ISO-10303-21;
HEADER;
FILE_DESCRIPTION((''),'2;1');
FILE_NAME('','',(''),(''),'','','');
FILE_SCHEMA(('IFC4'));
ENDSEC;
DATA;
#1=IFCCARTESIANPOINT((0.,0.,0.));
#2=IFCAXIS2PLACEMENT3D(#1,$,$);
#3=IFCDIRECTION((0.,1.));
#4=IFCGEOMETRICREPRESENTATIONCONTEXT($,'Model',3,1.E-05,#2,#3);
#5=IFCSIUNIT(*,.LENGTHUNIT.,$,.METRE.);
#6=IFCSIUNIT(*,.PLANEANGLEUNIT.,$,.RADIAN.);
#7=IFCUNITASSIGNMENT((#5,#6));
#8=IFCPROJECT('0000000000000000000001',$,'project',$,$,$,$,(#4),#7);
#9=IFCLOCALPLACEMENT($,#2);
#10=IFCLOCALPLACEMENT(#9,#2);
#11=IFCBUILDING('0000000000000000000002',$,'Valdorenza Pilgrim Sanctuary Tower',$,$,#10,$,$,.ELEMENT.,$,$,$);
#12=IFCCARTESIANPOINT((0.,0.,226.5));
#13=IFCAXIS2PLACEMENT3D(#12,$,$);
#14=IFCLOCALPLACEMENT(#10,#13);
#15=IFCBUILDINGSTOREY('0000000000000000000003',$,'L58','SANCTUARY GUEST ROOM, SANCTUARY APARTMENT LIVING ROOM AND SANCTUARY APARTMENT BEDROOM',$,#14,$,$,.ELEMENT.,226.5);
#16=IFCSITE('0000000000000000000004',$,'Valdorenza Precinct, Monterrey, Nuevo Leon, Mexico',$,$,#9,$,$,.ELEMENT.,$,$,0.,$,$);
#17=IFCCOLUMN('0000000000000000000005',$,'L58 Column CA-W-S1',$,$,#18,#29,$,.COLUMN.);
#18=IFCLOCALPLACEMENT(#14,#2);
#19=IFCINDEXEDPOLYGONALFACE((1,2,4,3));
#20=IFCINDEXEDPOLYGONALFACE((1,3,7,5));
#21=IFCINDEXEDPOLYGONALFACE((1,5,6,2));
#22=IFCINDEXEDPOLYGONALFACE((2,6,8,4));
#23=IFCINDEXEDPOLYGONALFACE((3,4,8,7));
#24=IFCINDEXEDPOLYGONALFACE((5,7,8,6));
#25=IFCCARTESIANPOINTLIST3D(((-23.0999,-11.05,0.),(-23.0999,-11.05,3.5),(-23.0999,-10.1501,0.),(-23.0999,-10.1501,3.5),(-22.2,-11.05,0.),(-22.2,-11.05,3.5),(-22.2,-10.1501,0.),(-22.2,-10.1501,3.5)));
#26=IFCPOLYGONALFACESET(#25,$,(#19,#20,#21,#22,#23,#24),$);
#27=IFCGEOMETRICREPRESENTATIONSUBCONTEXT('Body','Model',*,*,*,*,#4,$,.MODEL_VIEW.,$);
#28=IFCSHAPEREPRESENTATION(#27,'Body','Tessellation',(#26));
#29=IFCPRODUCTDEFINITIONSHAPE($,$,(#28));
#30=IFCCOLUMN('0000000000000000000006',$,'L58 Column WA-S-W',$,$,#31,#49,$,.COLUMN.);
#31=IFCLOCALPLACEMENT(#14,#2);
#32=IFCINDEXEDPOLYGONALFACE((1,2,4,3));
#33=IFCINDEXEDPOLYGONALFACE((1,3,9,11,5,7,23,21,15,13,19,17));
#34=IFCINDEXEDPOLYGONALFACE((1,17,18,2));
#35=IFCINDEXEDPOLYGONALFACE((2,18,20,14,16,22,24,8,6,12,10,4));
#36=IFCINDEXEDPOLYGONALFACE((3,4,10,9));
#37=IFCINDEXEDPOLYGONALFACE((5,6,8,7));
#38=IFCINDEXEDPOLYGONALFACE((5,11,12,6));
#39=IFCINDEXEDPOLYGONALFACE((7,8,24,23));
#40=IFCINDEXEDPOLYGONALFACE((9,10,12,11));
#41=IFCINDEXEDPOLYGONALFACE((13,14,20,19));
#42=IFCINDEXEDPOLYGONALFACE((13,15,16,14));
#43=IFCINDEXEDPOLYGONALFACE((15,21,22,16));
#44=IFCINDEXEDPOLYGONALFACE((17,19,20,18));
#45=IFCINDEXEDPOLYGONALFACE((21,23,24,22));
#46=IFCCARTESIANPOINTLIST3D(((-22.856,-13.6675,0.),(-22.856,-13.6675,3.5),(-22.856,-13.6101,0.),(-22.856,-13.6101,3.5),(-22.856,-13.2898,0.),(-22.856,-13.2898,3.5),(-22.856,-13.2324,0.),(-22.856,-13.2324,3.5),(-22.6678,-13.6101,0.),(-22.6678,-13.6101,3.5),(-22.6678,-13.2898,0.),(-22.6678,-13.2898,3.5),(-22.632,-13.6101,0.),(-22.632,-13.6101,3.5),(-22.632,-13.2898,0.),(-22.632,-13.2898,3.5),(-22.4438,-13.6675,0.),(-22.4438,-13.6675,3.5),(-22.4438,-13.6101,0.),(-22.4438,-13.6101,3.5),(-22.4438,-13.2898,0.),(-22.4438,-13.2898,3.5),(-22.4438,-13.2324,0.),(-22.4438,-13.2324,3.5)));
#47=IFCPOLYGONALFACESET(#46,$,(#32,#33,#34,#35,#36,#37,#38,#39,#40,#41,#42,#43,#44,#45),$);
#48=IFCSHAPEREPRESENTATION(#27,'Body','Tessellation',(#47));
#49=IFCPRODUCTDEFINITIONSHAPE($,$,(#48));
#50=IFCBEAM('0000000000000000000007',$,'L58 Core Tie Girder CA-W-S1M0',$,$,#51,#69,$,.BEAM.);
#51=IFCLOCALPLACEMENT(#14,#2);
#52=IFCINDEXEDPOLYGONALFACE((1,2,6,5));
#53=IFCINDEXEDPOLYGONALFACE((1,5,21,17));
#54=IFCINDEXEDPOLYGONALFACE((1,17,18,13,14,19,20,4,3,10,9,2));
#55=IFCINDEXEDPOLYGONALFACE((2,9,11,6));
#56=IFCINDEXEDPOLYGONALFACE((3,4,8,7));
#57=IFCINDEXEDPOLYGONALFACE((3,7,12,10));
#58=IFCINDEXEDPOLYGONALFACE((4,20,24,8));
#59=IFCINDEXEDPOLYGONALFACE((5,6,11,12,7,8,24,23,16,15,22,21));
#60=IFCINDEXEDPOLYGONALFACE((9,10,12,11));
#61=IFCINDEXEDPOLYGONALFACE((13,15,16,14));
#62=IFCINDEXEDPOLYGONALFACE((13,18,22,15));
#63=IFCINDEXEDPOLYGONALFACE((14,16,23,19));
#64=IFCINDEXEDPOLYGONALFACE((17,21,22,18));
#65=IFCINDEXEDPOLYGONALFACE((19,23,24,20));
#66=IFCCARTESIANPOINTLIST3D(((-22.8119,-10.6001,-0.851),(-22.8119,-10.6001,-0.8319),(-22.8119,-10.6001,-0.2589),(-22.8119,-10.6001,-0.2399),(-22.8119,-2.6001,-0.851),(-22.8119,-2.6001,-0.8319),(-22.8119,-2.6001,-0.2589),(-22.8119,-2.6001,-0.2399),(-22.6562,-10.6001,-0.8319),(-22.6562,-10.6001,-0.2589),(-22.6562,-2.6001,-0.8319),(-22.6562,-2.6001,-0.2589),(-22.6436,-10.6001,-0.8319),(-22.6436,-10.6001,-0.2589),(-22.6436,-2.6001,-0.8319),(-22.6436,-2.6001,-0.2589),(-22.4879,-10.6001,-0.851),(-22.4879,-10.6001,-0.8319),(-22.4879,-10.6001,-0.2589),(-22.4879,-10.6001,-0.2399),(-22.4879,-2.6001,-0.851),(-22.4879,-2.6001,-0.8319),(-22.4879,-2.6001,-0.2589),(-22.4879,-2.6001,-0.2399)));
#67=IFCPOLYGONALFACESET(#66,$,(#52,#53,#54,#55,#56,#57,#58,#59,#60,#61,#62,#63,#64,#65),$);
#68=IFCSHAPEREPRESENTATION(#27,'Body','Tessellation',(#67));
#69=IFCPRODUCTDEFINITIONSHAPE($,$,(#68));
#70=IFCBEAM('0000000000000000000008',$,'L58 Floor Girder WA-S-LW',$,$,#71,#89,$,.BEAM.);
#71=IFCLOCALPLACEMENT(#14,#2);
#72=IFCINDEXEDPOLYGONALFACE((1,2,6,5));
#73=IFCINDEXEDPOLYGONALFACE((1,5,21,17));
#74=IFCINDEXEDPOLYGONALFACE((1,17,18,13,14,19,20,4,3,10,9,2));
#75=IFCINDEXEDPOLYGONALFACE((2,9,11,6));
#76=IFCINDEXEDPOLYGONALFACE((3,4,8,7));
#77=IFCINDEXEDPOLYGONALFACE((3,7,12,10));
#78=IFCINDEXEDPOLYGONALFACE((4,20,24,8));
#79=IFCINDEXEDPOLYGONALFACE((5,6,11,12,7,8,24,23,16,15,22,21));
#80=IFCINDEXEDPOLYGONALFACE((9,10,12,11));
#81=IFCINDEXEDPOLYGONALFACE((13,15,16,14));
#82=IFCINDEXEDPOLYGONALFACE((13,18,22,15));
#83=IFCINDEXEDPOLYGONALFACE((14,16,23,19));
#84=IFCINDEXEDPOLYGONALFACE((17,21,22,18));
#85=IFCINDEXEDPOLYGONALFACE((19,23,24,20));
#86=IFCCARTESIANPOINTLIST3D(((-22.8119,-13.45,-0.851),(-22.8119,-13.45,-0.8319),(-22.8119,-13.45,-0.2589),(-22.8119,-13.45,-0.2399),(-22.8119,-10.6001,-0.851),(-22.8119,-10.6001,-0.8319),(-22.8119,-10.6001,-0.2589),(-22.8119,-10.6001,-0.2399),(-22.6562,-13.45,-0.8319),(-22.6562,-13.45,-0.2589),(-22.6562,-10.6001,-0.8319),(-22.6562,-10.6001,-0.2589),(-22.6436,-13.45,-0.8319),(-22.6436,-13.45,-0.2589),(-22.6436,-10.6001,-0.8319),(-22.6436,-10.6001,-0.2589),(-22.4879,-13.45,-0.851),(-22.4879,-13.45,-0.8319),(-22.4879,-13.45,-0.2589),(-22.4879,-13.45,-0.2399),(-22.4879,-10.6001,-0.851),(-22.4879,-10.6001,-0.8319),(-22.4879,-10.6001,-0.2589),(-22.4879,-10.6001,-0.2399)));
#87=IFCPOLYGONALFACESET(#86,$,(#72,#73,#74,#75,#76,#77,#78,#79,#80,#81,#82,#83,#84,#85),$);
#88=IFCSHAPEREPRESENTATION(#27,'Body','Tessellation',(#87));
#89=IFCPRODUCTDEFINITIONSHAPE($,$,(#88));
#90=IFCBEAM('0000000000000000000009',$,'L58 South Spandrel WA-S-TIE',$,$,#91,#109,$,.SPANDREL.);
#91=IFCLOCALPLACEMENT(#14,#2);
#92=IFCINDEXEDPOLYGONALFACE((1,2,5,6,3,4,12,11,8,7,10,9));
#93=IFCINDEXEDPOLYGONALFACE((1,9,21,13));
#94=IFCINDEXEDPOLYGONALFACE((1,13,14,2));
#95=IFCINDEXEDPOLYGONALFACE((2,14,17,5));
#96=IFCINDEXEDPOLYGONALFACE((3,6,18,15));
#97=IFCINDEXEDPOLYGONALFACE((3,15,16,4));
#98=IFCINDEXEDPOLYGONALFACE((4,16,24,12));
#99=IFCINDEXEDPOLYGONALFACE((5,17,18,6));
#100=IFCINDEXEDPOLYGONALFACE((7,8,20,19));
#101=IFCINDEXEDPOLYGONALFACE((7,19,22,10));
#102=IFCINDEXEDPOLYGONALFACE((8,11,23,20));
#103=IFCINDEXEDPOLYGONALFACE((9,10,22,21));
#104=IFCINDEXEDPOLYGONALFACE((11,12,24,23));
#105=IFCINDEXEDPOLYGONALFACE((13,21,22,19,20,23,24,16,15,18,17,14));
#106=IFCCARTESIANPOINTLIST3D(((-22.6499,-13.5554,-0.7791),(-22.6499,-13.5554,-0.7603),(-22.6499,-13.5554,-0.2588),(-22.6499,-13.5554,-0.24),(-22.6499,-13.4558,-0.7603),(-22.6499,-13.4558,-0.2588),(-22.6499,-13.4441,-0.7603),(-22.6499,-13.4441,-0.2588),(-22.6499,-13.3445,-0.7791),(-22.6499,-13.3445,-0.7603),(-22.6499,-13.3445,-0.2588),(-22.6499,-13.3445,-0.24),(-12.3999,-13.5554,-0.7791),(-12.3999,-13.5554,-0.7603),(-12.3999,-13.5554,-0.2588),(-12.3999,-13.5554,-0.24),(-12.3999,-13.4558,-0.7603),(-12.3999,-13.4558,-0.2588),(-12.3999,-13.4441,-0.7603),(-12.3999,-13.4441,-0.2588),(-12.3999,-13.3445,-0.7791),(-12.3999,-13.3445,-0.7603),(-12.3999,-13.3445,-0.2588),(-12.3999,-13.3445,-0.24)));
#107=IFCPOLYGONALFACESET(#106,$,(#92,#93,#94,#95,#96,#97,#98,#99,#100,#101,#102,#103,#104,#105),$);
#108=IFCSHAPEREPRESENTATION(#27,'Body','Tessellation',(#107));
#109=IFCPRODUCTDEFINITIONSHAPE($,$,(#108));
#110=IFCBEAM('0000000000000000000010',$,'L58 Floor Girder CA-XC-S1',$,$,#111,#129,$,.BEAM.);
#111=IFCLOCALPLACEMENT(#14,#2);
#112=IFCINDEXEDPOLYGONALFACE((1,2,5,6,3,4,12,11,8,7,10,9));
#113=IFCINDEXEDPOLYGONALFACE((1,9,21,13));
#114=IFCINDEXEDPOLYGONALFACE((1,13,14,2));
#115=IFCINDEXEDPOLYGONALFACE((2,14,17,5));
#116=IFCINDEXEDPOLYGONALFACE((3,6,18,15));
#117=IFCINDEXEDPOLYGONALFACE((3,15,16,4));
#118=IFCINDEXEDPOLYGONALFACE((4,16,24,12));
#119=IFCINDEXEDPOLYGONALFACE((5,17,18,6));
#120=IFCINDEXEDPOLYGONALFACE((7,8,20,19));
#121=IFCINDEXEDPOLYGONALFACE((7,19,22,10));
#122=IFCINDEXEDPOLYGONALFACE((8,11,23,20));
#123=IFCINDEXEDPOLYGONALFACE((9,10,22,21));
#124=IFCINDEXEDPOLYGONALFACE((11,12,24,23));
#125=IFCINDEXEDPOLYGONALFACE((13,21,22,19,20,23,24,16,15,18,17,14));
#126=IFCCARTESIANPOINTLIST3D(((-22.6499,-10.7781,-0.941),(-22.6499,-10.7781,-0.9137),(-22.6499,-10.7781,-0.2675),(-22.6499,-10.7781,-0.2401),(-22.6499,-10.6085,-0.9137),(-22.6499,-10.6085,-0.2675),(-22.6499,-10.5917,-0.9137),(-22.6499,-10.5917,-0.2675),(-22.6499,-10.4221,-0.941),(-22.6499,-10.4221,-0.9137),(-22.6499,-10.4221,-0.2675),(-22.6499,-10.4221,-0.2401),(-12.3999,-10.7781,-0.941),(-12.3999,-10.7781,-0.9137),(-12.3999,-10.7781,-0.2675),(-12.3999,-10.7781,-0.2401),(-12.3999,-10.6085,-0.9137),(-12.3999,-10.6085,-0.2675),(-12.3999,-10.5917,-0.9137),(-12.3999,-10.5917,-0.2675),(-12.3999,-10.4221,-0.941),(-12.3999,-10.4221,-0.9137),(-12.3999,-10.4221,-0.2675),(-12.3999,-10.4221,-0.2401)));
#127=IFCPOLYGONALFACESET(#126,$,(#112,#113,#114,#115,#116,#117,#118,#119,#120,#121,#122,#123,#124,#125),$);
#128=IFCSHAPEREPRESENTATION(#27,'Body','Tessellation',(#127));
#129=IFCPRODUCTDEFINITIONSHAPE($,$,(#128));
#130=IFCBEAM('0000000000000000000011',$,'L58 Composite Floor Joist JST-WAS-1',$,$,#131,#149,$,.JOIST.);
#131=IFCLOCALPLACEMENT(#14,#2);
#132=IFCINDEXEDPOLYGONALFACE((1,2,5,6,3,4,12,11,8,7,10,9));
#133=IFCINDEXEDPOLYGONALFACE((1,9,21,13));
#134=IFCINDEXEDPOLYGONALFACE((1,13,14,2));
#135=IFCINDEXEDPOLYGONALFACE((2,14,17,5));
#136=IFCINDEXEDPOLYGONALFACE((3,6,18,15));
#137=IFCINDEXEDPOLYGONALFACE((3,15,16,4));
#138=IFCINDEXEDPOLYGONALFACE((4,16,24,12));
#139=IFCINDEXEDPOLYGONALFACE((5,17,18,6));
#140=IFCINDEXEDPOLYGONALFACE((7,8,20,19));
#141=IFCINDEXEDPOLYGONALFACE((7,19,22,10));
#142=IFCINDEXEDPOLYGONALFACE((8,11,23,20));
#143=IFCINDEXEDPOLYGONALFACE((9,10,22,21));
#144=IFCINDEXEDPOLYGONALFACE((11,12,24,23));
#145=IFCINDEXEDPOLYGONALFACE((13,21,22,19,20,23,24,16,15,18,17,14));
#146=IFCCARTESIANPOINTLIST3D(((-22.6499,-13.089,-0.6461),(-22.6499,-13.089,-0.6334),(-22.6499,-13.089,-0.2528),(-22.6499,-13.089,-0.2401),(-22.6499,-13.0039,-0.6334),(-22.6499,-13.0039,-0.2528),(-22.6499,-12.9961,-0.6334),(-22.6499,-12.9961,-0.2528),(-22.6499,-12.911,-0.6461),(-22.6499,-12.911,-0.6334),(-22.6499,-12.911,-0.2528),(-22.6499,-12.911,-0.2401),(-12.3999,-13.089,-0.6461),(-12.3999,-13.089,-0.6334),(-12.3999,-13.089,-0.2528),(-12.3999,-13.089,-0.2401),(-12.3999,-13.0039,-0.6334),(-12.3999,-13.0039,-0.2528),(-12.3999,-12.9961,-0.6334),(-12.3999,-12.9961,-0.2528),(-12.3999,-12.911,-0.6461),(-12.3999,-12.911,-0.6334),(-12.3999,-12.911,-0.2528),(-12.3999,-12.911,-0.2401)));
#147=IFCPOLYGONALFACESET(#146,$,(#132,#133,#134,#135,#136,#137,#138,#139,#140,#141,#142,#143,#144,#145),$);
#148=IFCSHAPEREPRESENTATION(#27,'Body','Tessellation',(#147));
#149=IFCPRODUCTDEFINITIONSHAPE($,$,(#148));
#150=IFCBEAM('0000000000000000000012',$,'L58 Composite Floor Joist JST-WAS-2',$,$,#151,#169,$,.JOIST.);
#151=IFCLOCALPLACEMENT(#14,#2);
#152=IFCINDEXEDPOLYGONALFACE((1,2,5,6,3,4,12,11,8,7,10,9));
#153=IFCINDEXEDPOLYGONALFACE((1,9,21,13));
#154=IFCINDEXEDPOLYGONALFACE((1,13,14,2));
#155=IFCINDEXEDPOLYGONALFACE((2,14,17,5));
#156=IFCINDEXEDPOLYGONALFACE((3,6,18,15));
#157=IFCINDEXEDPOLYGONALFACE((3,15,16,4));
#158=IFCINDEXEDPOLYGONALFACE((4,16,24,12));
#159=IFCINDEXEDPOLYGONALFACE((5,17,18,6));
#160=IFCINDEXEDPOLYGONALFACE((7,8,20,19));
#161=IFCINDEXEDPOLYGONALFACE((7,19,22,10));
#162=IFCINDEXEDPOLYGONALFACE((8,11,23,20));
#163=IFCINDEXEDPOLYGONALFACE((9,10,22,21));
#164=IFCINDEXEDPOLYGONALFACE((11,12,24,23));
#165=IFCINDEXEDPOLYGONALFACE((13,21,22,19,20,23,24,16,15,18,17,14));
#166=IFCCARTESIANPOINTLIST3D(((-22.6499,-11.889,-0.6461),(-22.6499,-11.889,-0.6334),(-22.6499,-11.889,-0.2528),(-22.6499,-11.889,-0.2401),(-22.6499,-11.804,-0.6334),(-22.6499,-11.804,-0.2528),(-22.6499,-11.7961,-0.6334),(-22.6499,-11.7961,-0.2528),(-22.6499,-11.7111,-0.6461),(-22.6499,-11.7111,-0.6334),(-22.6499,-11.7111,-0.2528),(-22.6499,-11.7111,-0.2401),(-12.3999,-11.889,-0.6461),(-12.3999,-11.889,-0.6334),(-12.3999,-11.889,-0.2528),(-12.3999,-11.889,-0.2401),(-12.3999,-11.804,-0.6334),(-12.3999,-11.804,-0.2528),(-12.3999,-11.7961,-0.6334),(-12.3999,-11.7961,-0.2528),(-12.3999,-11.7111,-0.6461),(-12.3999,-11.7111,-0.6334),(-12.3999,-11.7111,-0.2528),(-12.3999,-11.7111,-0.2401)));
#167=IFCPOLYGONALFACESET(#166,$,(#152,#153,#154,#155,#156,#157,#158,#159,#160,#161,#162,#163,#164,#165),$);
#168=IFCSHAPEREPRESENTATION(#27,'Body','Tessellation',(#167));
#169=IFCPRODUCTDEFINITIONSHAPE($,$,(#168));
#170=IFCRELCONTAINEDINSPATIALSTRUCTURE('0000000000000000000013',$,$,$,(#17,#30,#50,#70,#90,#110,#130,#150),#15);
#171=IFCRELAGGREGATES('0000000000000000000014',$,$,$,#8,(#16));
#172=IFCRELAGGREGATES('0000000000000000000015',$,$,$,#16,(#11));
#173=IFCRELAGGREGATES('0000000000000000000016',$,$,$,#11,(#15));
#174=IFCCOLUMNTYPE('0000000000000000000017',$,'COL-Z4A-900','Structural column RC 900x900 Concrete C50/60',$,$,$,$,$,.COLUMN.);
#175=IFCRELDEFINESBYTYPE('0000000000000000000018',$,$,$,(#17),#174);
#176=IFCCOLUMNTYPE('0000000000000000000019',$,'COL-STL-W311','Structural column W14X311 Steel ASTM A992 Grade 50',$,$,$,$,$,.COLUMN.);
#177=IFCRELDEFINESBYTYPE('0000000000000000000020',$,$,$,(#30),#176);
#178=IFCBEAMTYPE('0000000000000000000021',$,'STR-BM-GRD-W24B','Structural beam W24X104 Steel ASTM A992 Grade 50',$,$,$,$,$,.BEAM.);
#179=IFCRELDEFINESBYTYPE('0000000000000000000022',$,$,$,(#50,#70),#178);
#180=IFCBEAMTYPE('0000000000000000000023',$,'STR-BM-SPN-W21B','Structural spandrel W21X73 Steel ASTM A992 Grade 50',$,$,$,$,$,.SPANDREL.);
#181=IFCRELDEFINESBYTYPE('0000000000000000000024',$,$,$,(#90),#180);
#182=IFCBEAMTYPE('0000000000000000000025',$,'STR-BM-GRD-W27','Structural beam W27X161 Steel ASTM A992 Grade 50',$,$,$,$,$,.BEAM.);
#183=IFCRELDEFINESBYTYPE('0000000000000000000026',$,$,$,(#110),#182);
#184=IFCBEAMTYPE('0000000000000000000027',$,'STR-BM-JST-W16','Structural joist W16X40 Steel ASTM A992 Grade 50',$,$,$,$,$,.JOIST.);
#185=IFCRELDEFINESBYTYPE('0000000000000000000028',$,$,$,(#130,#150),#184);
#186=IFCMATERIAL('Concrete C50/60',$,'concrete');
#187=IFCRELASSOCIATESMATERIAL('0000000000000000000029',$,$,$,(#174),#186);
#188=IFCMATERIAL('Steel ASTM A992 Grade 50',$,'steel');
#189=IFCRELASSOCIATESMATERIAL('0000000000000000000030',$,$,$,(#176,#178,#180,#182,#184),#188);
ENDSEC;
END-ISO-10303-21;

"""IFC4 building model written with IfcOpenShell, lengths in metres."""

from ifc_helpers import new_model, si_unit, direction, frame, origin, origin_2d, place, context, subcontext, project, spatial, rectangle, i_section, extrude, source, transform, mapped, material, material_profile, profile_set, type_object, element, save


model = new_model("IFC4")

# Units and contexts
model_context = context("Model", 3, precision=1e-05, world=origin(), true_north=direction((0.0, 1.0)))
body_context = subcontext(model_context, "Body", "Model", "MODEL_VIEW")
ifc_project = project(units=[si_unit("LENGTHUNIT", "METRE"), si_unit("PLANEANGLEUNIT", "RADIAN")], contexts=[model_context])

# Site, building, storey
site_placement = place(None, origin())
site = spatial("IfcSite", under=ifc_project, at=site_placement, Name="Valdorenza Precinct, Monterrey, Nuevo Leon, Mexico", CompositionType="ELEMENT", RefElevation=0.0)
building_placement = place(site_placement, origin())
building = spatial("IfcBuilding", under=site, at=building_placement, Name="Valdorenza Pilgrim Sanctuary Tower", CompositionType="ELEMENT")
storey_placement = place(building_placement, frame((0.0, 0.0, 226.5)))
storey = spatial("IfcBuildingStorey", under=building, at=storey_placement, Name="L58", Description="SANCTUARY GUEST ROOM, SANCTUARY APARTMENT LIVING ROOM AND SANCTUARY APARTMENT BEDROOM", CompositionType="ELEMENT", Elevation=226.5)

# Columns
ifc_material_1 = material(Name="Concrete C50/60", Category="concrete")
ifc_material_profile_1 = material_profile(ifc_material_1, rectangle(XDim=0.8999, YDim=0.8999, at=origin_2d()), Name="RC 900x900")
ifc_profile_set_1 = profile_set([ifc_material_profile_1], Name="Concrete C50/60")
column_type_1 = type_object("IfcColumnType", Name="COL-Z4A-900", Description="Structural column RC 900x900 Concrete C50/60", PredefinedType="COLUMN", material=ifc_profile_set_1)
shared_shape_1 = source(origin(), body_context, "Body", "SweptSolid", [
    extrude(rectangle(XDim=0.8999, YDim=0.8999, at=origin_2d()), origin(), (0.0, 0.0, 1.0), 3.5),
])
column_1_placement = place(storey_placement, frame((-22.6499, -10.6001, 0.0), z_axis=(0.0, 0.0, 1.0), x_axis=(1.0, 0.0, 0.0)))
element("IfcColumn", 1, at=column_1_placement, inside=storey, type_object=column_type_1, Name="L58 Column CA-W-S1", PredefinedType="COLUMN", context=body_context, shape_type="MappedRepresentation", body=[
    mapped(shared_shape_1, transform((0.0, 0.0, 0.0), x_axis=(1.0, 0.0, 0.0), y_axis=(0.0, 1.0, 0.0), z_axis=(0.0, 0.0, 1.0), scale=1.0)),
])
ifc_material_2 = material(Name="Steel ASTM A992 Grade 50", Category="steel")
ifc_material_profile_2 = material_profile(ifc_material_2, i_section(OverallWidth=0.4121, OverallDepth=0.4351, WebThickness=0.0359, FlangeThickness=0.0574, at=origin_2d()), Name="W14X311")
ifc_profile_set_2 = profile_set([ifc_material_profile_2], Name="Steel ASTM A992 Grade 50")
column_type_2 = type_object("IfcColumnType", Name="COL-STL-W311", Description="Structural column W14X311 Steel ASTM A992 Grade 50", PredefinedType="COLUMN", material=ifc_profile_set_2)
shared_shape_2 = source(origin(), body_context, "Body", "SweptSolid", [
    extrude(i_section(OverallWidth=0.4121, OverallDepth=0.4351, WebThickness=0.0359, FlangeThickness=0.0574, at=origin_2d()), origin(), (0.0, 0.0, 1.0), 3.5),
])
column_2_placement = place(storey_placement, frame((-22.6499, -13.45, 0.0), z_axis=(0.0, 0.0, 1.0), x_axis=(1.0, 0.0, 0.0)))
element("IfcColumn", 2, at=column_2_placement, inside=storey, type_object=column_type_2, Name="L58 Column WA-S-W", PredefinedType="COLUMN", context=body_context, shape_type="MappedRepresentation", body=[
    mapped(shared_shape_2, transform((0.0, 0.0, 0.0), x_axis=(1.0, 0.0, 0.0), y_axis=(0.0, 1.0, 0.0), z_axis=(0.0, 0.0, 1.0), scale=1.0)),
])

# Beams
ifc_material_profile_3 = material_profile(ifc_material_2, i_section(OverallWidth=0.324, OverallDepth=0.6111, WebThickness=0.0127, FlangeThickness=0.019, at=origin_2d()), Name="W24X104")
ifc_profile_set_3 = profile_set([ifc_material_profile_3], Name="Steel ASTM A992 Grade 50")
beam_type_1 = type_object("IfcBeamType", Name="STR-BM-GRD-W24B", Description="Structural beam W24X104 Steel ASTM A992 Grade 50", PredefinedType="BEAM", material=ifc_profile_set_3)
shared_shape_3 = source(origin(), body_context, "Body", "SweptSolid", [
    extrude(i_section(OverallWidth=0.324, OverallDepth=0.6111, WebThickness=0.0127, FlangeThickness=0.019, at=origin_2d()), origin(), (0.0, 0.0, 1.0), 8.0),
])
beam_1_placement = place(storey_placement, frame((-22.6499, -10.6001, -0.5454), z_axis=(0.0, 1.0, 0.0), x_axis=(-1.0, 0.0, 0.0)))
element("IfcBeam", 3, at=beam_1_placement, inside=storey, type_object=beam_type_1, Name="L58 Core Tie Girder CA-W-S1M0", PredefinedType="BEAM", context=body_context, shape_type="MappedRepresentation", body=[
    mapped(shared_shape_3, transform((0.0, 0.0, 0.0), x_axis=(1.0, 0.0, 0.0), y_axis=(0.0, 1.0, 0.0), z_axis=(0.0, 0.0, 1.0), scale=1.0)),
])
shared_shape_4 = source(origin(), body_context, "Body", "SweptSolid", [
    extrude(i_section(OverallWidth=0.324, OverallDepth=0.6111, WebThickness=0.0127, FlangeThickness=0.019, at=origin_2d()), origin(), (0.0, 0.0, 1.0), 2.8499),
])
beam_2_placement = place(storey_placement, frame((-22.6499, -13.45, -0.5454), z_axis=(0.0, 1.0, 0.0), x_axis=(-1.0, 0.0, 0.0)))
element("IfcBeam", 4, at=beam_2_placement, inside=storey, type_object=beam_type_1, Name="L58 Floor Girder WA-S-LW", PredefinedType="BEAM", context=body_context, shape_type="MappedRepresentation", body=[
    mapped(shared_shape_4, transform((0.0, 0.0, 0.0), x_axis=(1.0, 0.0, 0.0), y_axis=(0.0, 1.0, 0.0), z_axis=(0.0, 0.0, 1.0), scale=1.0)),
])
ifc_material_profile_4 = material_profile(ifc_material_2, i_section(OverallWidth=0.2109, OverallDepth=0.5391, WebThickness=0.0117, FlangeThickness=0.0188, at=origin_2d()), Name="W21X73")
ifc_profile_set_4 = profile_set([ifc_material_profile_4], Name="Steel ASTM A992 Grade 50")
beam_type_2 = type_object("IfcBeamType", Name="STR-BM-SPN-W21B", Description="Structural spandrel W21X73 Steel ASTM A992 Grade 50", PredefinedType="SPANDREL", material=ifc_profile_set_4)
shared_shape_5 = source(origin(), body_context, "Body", "SweptSolid", [
    extrude(i_section(OverallWidth=0.2109, OverallDepth=0.5391, WebThickness=0.0117, FlangeThickness=0.0188, at=origin_2d()), origin(), (0.0, 0.0, 1.0), 10.25),
])
beam_3_placement = place(storey_placement, frame((-22.6499, -13.45, -0.5095), z_axis=(1.0, 0.0, 0.0), x_axis=(0.0, 1.0, 0.0)))
element("IfcBeam", 5, at=beam_3_placement, inside=storey, type_object=beam_type_2, Name="L58 South Spandrel WA-S-TIE", PredefinedType="SPANDREL", context=body_context, shape_type="MappedRepresentation", body=[
    mapped(shared_shape_5, transform((0.0, 0.0, 0.0), x_axis=(1.0, 0.0, 0.0), y_axis=(0.0, 1.0, 0.0), z_axis=(0.0, 0.0, 1.0), scale=1.0)),
])
ifc_material_profile_5 = material_profile(ifc_material_2, i_section(OverallWidth=0.356, OverallDepth=0.7009, WebThickness=0.0168, FlangeThickness=0.0273, at=origin_2d()), Name="W27X161")
ifc_profile_set_5 = profile_set([ifc_material_profile_5], Name="Steel ASTM A992 Grade 50")
beam_type_3 = type_object("IfcBeamType", Name="STR-BM-GRD-W27", Description="Structural beam W27X161 Steel ASTM A992 Grade 50", PredefinedType="BEAM", material=ifc_profile_set_5)
shared_shape_6 = source(origin(), body_context, "Body", "SweptSolid", [
    extrude(i_section(OverallWidth=0.356, OverallDepth=0.7009, WebThickness=0.0168, FlangeThickness=0.0273, at=origin_2d()), origin(), (0.0, 0.0, 1.0), 10.25),
])
beam_4_placement = place(storey_placement, frame((-22.6499, -10.6001, -0.5906), z_axis=(1.0, 0.0, 0.0), x_axis=(0.0, 1.0, 0.0)))
element("IfcBeam", 6, at=beam_4_placement, inside=storey, type_object=beam_type_3, Name="L58 Floor Girder CA-XC-S1", PredefinedType="BEAM", context=body_context, shape_type="MappedRepresentation", body=[
    mapped(shared_shape_6, transform((0.0, 0.0, 0.0), x_axis=(1.0, 0.0, 0.0), y_axis=(0.0, 1.0, 0.0), z_axis=(0.0, 0.0, 1.0), scale=1.0)),
])
ifc_material_profile_6 = material_profile(ifc_material_2, i_section(OverallWidth=0.178, OverallDepth=0.406, WebThickness=0.0078, FlangeThickness=0.0127, at=origin_2d()), Name="W16X40")
ifc_profile_set_6 = profile_set([ifc_material_profile_6], Name="Steel ASTM A992 Grade 50")
beam_type_4 = type_object("IfcBeamType", Name="STR-BM-JST-W16", Description="Structural joist W16X40 Steel ASTM A992 Grade 50", PredefinedType="JOIST", material=ifc_profile_set_6)
shared_shape_7 = source(origin(), body_context, "Body", "SweptSolid", [
    extrude(i_section(OverallWidth=0.178, OverallDepth=0.406, WebThickness=0.0078, FlangeThickness=0.0127, at=origin_2d()), origin(), (0.0, 0.0, 1.0), 10.25),
])
for number, where, z_axis, x_axis, name in (
    (7, (-22.6499, -13.0, -0.4431), (1.0, 0.0, 0.0), (0.0, 1.0, 0.0), "L58 Composite Floor Joist JST-WAS-1"),
    (8, (-22.6499, -11.8, -0.4431), (1.0, 0.0, 0.0), (0.0, 1.0, 0.0), "L58 Composite Floor Joist JST-WAS-2"),
):
    element("IfcBeam", number, at=place(storey_placement, frame(where, z_axis=z_axis, x_axis=x_axis)), inside=storey, type_object=beam_type_4, Name=name, PredefinedType="JOIST", context=body_context, shape_type="MappedRepresentation", body=[
        mapped(shared_shape_7, transform((0.0, 0.0, 0.0), x_axis=(1.0, 0.0, 0.0), y_axis=(0.0, 1.0, 0.0), z_axis=(0.0, 0.0, 1.0), scale=1.0)),
    ])

save(model, "model.ifc")
